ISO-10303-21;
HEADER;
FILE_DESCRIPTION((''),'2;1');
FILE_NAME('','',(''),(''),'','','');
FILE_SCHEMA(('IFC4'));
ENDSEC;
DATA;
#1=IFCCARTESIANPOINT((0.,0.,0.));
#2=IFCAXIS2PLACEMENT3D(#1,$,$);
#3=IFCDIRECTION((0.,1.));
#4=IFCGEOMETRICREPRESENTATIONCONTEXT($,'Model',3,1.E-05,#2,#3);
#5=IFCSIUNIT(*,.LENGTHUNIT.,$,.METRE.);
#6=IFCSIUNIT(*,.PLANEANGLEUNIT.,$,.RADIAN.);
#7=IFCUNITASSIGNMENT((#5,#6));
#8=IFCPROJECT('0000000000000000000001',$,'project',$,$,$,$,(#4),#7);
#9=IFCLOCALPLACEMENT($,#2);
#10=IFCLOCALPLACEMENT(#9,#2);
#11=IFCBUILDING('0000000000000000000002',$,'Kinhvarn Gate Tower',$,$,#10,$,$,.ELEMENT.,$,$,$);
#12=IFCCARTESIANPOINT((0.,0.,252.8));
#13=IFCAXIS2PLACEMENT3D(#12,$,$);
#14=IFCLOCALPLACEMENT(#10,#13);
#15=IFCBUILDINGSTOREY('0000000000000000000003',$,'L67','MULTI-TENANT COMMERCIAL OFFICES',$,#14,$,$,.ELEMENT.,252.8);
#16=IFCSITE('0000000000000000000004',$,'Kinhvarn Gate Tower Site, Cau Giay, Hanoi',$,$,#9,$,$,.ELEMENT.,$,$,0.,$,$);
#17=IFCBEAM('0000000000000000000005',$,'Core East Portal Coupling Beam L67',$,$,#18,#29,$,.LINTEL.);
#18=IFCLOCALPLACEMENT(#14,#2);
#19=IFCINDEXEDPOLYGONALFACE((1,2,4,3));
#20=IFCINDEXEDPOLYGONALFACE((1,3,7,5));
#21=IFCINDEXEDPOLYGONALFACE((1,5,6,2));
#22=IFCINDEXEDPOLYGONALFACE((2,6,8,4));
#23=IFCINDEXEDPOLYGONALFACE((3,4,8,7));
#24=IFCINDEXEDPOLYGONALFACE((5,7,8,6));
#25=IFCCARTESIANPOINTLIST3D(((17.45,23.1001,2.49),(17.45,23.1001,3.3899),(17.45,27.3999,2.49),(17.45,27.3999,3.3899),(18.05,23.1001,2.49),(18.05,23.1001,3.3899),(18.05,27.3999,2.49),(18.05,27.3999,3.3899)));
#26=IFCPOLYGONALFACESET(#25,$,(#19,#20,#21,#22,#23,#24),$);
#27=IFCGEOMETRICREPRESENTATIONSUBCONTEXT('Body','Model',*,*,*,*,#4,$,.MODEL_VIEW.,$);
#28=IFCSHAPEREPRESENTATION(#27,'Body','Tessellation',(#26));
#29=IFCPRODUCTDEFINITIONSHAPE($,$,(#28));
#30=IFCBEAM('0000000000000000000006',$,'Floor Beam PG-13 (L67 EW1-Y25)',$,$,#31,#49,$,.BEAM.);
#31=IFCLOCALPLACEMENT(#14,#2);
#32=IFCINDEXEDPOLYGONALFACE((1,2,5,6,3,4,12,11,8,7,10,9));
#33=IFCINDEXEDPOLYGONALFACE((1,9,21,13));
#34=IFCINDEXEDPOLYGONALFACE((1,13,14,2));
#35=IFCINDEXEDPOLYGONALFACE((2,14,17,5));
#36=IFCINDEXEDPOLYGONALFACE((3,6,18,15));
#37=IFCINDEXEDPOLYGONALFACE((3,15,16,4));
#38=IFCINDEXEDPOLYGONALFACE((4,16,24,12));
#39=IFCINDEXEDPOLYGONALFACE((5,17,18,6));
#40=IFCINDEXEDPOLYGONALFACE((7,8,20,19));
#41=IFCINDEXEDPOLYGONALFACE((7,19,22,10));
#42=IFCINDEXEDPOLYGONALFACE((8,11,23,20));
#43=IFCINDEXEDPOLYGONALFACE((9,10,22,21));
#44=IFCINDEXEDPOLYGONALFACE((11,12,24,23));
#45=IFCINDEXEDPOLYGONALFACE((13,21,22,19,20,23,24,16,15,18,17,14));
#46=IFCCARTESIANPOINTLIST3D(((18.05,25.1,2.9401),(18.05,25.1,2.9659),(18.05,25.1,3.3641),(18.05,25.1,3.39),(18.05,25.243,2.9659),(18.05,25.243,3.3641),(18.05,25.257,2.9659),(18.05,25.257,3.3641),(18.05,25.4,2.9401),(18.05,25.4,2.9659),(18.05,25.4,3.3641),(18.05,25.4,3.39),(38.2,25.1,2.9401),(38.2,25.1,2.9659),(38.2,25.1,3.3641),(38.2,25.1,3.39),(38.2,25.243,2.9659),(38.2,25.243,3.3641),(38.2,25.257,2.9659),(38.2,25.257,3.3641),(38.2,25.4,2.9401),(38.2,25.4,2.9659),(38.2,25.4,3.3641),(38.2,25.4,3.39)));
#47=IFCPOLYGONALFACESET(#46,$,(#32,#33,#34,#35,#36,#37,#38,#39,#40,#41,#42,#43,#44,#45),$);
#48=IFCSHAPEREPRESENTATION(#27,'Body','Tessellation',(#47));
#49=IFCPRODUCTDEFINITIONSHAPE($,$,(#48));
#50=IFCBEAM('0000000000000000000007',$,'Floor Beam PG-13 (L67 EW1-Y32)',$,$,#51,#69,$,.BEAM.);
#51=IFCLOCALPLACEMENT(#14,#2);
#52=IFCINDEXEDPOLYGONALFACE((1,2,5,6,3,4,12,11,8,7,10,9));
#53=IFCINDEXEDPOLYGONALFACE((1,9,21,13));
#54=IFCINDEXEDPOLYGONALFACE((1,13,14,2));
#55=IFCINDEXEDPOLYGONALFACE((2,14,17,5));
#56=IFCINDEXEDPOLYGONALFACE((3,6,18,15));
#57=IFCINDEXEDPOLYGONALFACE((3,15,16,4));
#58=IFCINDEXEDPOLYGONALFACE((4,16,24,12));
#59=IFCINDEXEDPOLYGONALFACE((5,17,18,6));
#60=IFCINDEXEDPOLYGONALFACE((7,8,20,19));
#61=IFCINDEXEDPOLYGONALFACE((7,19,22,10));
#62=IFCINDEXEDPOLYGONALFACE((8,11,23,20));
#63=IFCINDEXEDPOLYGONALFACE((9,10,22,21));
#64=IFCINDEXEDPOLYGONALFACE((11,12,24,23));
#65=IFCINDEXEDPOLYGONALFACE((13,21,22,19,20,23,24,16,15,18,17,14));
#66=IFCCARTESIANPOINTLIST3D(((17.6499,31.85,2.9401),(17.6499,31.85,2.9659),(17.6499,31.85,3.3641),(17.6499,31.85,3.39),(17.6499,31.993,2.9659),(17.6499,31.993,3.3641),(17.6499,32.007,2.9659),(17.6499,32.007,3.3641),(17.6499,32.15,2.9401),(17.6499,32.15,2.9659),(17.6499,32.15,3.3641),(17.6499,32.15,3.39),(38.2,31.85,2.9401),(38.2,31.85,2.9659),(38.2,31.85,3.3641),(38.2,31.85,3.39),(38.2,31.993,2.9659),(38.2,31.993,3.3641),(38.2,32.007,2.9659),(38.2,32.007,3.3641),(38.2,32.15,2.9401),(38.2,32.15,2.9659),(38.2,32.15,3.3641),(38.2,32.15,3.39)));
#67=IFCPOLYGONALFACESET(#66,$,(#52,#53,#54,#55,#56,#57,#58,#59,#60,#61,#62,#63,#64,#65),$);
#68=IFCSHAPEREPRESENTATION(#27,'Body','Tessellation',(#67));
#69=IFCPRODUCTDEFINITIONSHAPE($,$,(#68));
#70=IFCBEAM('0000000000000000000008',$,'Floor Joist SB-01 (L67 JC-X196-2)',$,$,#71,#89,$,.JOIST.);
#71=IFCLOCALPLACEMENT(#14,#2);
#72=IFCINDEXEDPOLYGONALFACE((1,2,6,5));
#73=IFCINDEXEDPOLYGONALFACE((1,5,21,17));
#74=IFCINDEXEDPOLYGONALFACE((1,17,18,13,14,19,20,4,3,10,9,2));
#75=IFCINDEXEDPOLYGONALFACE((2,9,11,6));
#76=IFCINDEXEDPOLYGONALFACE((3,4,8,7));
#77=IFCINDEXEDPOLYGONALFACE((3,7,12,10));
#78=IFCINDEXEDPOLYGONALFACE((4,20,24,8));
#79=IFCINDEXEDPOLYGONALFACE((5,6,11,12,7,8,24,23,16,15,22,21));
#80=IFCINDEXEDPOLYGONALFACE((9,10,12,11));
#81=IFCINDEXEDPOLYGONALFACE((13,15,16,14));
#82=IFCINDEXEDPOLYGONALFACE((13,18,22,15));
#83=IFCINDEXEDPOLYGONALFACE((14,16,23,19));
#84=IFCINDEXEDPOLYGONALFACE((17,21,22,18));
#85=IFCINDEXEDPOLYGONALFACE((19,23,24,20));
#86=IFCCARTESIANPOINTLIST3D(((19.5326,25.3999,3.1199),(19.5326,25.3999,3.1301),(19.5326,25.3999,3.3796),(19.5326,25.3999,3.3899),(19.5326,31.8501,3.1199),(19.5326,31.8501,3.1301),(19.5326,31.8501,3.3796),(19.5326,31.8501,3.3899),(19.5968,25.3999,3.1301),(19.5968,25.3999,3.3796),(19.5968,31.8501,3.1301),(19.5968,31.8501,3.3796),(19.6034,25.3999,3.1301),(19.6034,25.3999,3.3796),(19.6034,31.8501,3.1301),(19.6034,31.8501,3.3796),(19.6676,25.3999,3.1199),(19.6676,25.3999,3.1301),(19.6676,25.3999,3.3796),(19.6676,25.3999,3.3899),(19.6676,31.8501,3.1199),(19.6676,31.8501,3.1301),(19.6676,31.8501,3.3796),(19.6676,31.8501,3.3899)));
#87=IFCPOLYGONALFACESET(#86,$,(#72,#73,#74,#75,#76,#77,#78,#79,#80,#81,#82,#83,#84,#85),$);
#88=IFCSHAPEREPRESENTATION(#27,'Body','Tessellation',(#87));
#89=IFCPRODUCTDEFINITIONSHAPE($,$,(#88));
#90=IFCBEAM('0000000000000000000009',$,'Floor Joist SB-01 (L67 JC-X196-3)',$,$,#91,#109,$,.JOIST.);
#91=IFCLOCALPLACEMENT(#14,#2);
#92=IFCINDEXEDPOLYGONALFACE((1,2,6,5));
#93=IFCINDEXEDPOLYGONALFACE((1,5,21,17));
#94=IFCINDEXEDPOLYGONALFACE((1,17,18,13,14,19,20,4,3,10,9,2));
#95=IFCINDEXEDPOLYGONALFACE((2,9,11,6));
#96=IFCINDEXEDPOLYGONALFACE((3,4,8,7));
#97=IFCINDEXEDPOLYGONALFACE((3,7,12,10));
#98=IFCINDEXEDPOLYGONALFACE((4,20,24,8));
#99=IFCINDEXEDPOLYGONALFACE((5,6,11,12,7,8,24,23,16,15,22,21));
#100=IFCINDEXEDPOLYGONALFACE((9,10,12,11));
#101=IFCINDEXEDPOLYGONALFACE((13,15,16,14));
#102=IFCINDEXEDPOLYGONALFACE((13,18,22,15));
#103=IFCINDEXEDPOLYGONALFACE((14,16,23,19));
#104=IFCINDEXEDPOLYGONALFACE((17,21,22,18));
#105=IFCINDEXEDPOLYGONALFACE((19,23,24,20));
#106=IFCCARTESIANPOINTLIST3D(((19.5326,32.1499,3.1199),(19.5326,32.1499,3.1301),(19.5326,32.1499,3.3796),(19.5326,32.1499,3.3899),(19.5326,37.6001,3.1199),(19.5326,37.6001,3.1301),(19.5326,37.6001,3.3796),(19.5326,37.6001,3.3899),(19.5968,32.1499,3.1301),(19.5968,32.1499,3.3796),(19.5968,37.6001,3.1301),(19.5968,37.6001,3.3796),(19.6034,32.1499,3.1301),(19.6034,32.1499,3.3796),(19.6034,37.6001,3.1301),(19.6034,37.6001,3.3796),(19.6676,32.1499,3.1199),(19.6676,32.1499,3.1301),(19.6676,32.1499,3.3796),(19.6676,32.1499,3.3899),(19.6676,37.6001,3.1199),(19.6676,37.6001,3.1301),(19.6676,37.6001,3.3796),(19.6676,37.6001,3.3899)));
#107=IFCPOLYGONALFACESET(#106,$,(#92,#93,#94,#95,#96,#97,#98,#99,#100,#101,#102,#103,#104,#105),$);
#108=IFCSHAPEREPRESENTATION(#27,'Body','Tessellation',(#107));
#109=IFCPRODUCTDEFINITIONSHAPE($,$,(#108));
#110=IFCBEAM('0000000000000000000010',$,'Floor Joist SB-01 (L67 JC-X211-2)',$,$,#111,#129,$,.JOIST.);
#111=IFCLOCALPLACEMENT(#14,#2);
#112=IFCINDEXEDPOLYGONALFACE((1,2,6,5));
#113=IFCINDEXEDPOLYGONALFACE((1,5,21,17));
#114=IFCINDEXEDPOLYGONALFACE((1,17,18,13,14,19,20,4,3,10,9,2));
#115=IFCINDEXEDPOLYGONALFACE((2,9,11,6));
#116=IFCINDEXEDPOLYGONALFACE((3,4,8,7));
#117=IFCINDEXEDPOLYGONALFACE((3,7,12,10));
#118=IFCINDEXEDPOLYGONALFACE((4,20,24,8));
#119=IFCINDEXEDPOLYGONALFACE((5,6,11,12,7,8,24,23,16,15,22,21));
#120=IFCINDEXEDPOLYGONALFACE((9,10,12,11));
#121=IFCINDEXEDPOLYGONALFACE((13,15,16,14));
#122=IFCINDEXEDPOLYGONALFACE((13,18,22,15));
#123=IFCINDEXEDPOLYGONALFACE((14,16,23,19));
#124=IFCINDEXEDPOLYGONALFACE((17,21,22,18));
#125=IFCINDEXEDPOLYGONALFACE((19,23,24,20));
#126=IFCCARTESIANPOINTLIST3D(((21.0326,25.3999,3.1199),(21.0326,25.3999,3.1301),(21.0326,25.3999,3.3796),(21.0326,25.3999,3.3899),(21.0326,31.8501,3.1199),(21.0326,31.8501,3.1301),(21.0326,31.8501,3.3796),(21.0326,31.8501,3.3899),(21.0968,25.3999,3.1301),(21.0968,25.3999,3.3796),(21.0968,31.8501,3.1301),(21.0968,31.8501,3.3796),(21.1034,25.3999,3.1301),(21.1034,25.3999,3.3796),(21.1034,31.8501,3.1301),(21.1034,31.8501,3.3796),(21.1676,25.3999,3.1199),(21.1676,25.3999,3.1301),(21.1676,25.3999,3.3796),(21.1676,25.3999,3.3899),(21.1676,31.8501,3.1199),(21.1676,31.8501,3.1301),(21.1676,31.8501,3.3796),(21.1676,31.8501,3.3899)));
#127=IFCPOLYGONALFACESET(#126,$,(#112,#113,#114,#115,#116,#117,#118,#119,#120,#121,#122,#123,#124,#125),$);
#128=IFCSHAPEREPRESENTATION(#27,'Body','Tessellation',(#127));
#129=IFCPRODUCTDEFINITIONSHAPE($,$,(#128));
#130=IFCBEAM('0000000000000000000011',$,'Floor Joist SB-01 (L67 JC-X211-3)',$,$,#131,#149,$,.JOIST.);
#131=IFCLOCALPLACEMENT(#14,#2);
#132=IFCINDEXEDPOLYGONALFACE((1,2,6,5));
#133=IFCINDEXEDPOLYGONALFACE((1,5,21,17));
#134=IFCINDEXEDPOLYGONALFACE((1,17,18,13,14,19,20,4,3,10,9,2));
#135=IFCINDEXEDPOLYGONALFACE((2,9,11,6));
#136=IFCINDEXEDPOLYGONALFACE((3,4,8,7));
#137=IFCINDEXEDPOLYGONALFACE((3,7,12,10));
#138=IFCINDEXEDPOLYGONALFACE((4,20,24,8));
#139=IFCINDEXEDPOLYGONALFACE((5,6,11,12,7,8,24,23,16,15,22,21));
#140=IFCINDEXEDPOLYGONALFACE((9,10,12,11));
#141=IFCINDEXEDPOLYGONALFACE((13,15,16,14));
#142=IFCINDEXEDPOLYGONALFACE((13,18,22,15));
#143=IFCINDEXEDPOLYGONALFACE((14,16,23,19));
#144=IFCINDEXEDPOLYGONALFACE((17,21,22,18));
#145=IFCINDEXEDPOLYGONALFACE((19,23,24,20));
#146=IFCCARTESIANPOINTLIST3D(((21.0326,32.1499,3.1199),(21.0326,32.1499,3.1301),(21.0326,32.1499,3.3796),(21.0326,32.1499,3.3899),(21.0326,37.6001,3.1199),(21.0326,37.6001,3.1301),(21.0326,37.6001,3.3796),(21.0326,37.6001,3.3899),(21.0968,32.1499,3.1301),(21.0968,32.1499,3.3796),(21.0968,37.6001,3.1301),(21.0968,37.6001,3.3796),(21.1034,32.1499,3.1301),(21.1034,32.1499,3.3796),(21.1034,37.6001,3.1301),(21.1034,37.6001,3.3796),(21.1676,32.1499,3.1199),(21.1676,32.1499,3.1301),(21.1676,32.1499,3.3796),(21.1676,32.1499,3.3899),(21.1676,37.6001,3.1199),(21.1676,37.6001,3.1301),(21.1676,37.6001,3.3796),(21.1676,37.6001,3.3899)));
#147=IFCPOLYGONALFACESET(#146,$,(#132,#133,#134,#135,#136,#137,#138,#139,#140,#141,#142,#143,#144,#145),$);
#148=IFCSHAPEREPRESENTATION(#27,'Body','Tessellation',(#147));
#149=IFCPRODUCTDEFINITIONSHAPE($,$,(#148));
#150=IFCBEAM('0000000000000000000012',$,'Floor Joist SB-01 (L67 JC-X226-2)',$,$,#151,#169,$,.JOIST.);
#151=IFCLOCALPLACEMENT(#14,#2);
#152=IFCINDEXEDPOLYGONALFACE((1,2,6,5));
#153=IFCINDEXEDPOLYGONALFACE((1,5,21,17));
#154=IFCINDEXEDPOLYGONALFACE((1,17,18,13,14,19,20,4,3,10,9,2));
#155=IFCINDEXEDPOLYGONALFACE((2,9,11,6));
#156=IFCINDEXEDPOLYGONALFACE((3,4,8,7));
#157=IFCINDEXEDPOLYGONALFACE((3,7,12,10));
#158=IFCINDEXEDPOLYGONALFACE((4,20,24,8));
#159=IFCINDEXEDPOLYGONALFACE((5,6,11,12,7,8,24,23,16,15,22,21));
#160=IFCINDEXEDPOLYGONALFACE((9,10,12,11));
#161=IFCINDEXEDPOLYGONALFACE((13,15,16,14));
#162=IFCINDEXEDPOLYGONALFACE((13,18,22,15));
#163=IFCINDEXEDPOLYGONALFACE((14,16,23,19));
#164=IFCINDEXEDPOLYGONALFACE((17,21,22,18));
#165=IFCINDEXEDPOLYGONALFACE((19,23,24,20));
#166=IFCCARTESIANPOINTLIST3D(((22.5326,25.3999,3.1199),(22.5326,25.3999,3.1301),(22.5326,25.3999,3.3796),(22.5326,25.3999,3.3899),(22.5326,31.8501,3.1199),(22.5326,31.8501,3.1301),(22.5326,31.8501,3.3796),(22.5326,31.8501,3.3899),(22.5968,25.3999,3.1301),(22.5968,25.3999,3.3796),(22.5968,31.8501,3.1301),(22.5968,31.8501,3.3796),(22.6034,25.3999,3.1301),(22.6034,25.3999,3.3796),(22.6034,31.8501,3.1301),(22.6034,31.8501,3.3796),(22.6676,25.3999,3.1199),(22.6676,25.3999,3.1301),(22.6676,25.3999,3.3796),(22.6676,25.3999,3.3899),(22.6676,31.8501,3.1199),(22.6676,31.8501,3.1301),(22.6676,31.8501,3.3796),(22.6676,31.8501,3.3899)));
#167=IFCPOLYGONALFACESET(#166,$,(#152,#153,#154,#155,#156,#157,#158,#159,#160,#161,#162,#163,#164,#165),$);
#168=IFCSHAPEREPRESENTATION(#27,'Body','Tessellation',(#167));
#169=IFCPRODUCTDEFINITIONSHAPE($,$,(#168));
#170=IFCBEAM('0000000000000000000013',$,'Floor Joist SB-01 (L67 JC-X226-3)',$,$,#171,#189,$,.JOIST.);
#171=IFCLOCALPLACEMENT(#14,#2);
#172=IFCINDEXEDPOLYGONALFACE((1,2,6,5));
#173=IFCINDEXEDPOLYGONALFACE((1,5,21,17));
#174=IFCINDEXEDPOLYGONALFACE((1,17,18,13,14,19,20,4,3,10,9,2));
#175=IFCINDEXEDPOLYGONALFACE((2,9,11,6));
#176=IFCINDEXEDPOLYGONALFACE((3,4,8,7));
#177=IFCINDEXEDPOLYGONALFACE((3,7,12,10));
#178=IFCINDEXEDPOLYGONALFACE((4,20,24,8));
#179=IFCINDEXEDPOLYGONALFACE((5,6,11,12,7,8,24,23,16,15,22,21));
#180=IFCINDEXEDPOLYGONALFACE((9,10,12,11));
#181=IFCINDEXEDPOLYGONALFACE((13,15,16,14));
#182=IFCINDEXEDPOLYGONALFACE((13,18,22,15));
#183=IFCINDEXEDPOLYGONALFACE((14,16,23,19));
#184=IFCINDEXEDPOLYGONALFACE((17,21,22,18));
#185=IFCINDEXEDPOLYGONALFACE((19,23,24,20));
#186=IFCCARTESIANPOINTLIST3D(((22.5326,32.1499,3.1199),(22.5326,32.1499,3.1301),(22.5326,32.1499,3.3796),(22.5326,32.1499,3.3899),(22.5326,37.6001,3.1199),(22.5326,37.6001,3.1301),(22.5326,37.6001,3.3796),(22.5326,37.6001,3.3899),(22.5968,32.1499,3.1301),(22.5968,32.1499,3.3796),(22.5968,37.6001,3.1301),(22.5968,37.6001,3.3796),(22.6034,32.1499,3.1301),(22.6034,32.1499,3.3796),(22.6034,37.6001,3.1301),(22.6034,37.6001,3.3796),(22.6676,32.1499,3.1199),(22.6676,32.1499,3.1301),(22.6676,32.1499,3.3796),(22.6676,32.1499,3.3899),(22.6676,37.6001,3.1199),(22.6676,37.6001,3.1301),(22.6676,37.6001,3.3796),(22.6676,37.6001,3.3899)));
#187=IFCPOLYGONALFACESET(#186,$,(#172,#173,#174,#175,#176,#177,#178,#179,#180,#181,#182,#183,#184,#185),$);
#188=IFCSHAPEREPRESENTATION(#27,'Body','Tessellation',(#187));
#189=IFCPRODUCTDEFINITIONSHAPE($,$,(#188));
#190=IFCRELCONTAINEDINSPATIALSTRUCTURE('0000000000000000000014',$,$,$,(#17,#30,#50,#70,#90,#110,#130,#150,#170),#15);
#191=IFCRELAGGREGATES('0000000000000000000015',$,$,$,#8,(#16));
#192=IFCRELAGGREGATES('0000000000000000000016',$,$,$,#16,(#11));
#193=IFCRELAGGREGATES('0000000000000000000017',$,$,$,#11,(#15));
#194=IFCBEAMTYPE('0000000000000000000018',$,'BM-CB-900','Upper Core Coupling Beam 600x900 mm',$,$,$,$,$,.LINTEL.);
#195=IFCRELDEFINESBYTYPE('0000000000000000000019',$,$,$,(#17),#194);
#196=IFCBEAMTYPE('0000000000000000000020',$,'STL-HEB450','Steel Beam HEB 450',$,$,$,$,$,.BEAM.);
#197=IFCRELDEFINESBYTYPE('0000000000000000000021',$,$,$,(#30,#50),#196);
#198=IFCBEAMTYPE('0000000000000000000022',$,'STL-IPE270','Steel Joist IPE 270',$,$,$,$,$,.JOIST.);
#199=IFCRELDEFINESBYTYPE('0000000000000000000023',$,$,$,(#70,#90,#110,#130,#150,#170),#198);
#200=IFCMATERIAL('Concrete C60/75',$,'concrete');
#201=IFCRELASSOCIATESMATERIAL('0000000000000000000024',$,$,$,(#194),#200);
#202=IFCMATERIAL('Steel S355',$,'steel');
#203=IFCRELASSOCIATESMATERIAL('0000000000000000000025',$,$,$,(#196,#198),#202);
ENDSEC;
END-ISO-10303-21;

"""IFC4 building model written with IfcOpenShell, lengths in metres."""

from ifc_helpers import new_model, si_unit, direction, frame, origin, origin_2d, place, context, subcontext, project, spatial, rectangle, i_section, extrude, material, material_profile, profile_set, type_object, element, save


model = new_model("IFC4")

# Units and contexts
model_context = context("Model", 3, precision=1e-05, world=origin(), true_north=direction((0.0, 1.0)))
body_context = subcontext(model_context, "Body", "Model", "MODEL_VIEW")
ifc_project = project(units=[si_unit("LENGTHUNIT", "METRE"), si_unit("PLANEANGLEUNIT", "RADIAN")], contexts=[model_context])

# Site, building, storey
site_placement = place(None, origin())
site = spatial("IfcSite", under=ifc_project, at=site_placement, Name="Kinhvarn Gate Tower Site, Cau Giay, Hanoi", CompositionType="ELEMENT", RefElevation=0.0)
building_placement = place(site_placement, origin())
building = spatial("IfcBuilding", under=site, at=building_placement, Name="Kinhvarn Gate Tower", CompositionType="ELEMENT")
storey_placement = place(building_placement, frame((0.0, 0.0, 252.8)))
storey = spatial("IfcBuildingStorey", under=building, at=storey_placement, Name="L67", Description="MULTI-TENANT COMMERCIAL OFFICES", CompositionType="ELEMENT", Elevation=252.8)

# Beams
ifc_material_1 = material(Name="Concrete C60/75", Category="concrete")
ifc_material_profile_1 = material_profile(ifc_material_1, rectangle(XDim=0.6001, YDim=0.8999, at=origin_2d()), Name="RC 600x900")
ifc_profile_set_1 = profile_set([ifc_material_profile_1], Name="Concrete C60/75")
beam_type_1 = type_object("IfcBeamType", Name="BM-CB-900", Description="Upper Core Coupling Beam 600x900 mm", PredefinedType="LINTEL", material=ifc_profile_set_1)
beam_1_placement = place(storey_placement, frame((17.75, 23.1001, 2.9399), z_axis=(0.0, 1.0, 0.0), x_axis=(-1.0, 0.0, 0.0)))
element("IfcBeam", 1, at=beam_1_placement, inside=storey, type_object=beam_type_1, Name="Core East Portal Coupling Beam L67", PredefinedType="LINTEL", context=body_context, shape_type="SweptSolid", body=[
    extrude(rectangle(XDim=0.6001, YDim=0.8999, at=origin_2d()), origin(), (0.0, 0.0, 1.0), 4.2998),
])
ifc_material_2 = material(Name="Steel S355", Category="steel")
ifc_material_profile_2 = material_profile(ifc_material_2, i_section(OverallWidth=0.3, OverallDepth=0.45, WebThickness=0.0139, FlangeThickness=0.0259, at=origin_2d()), Name="HEB 450")
ifc_profile_set_2 = profile_set([ifc_material_profile_2], Name="Steel S355")
beam_type_2 = type_object("IfcBeamType", Name="STL-HEB450", Description="Steel Beam HEB 450", PredefinedType="BEAM", material=ifc_profile_set_2)
beam_2_placement = place(storey_placement, frame((18.05, 25.25, 3.165), z_axis=(1.0, 0.0, 0.0), x_axis=(0.0, 1.0, 0.0)))
element("IfcBeam", 2, at=beam_2_placement, inside=storey, type_object=beam_type_2, Name="Floor Beam PG-13 (L67 EW1-Y25)", PredefinedType="BEAM", context=body_context, shape_type="SweptSolid", body=[
    extrude(i_section(OverallWidth=0.3, OverallDepth=0.45, WebThickness=0.0139, FlangeThickness=0.0259, at=origin_2d()), origin(), (0.0, 0.0, 1.0), 20.1499),
])
beam_3_placement = place(storey_placement, frame((17.6499, 32.0, 3.165), z_axis=(1.0, 0.0, 0.0), x_axis=(0.0, 1.0, 0.0)))
element("IfcBeam", 3, at=beam_3_placement, inside=storey, type_object=beam_type_2, Name="Floor Beam PG-13 (L67 EW1-Y32)", PredefinedType="BEAM", context=body_context, shape_type="SweptSolid", body=[
    extrude(i_section(OverallWidth=0.3, OverallDepth=0.45, WebThickness=0.0139, FlangeThickness=0.0259, at=origin_2d()), origin(), (0.0, 0.0, 1.0), 20.55),
])
ifc_material_profile_3 = material_profile(ifc_material_2, i_section(OverallWidth=0.135, OverallDepth=0.27, WebThickness=0.0066, FlangeThickness=0.0103, at=origin_2d()), Name="IPE 270")
ifc_profile_set_3 = profile_set([ifc_material_profile_3], Name="Steel S355")
beam_type_3 = type_object("IfcBeamType", Name="STL-IPE270", Description="Steel Joist IPE 270", PredefinedType="JOIST", material=ifc_profile_set_3)
beam_4_placement = place(storey_placement, frame((19.6001, 25.3999, 3.2549), z_axis=(0.0, 1.0, 0.0), x_axis=(-1.0, 0.0, 0.0)))
element("IfcBeam", 4, at=beam_4_placement, inside=storey, type_object=beam_type_3, Name="Floor Joist SB-01 (L67 JC-X196-2)", PredefinedType="JOIST", context=body_context, shape_type="SweptSolid", body=[
    extrude(i_section(OverallWidth=0.135, OverallDepth=0.27, WebThickness=0.0066, FlangeThickness=0.0103, at=origin_2d()), origin(), (0.0, 0.0, 1.0), 6.4502),
])
beam_5_placement = place(storey_placement, frame((19.6001, 32.1499, 3.2549), z_axis=(0.0, 1.0, 0.0), x_axis=(-1.0, 0.0, 0.0)))
element("IfcBeam", 5, at=beam_5_placement, inside=storey, type_object=beam_type_3, Name="Floor Joist SB-01 (L67 JC-X196-3)", PredefinedType="JOIST", context=body_context, shape_type="SweptSolid", body=[
    extrude(i_section(OverallWidth=0.135, OverallDepth=0.27, WebThickness=0.0066, FlangeThickness=0.0103, at=origin_2d()), origin(), (0.0, 0.0, 1.0), 5.4502),
])
beam_6_placement = place(storey_placement, frame((21.1001, 25.3999, 3.2549), z_axis=(0.0, 1.0, 0.0), x_axis=(-1.0, 0.0, 0.0)))
element("IfcBeam", 6, at=beam_6_placement, inside=storey, type_object=beam_type_3, Name="Floor Joist SB-01 (L67 JC-X211-2)", PredefinedType="JOIST", context=body_context, shape_type="SweptSolid", body=[
    extrude(i_section(OverallWidth=0.135, OverallDepth=0.27, WebThickness=0.0066, FlangeThickness=0.0103, at=origin_2d()), origin(), (0.0, 0.0, 1.0), 6.4502),
])
beam_7_placement = place(storey_placement, frame((21.1001, 32.1499, 3.2549), z_axis=(0.0, 1.0, 0.0), x_axis=(-1.0, 0.0, 0.0)))
element("IfcBeam", 7, at=beam_7_placement, inside=storey, type_object=beam_type_3, Name="Floor Joist SB-01 (L67 JC-X211-3)", PredefinedType="JOIST", context=body_context, shape_type="SweptSolid", body=[
    extrude(i_section(OverallWidth=0.135, OverallDepth=0.27, WebThickness=0.0066, FlangeThickness=0.0103, at=origin_2d()), origin(), (0.0, 0.0, 1.0), 5.4502),
])
beam_8_placement = place(storey_placement, frame((22.6001, 25.3999, 3.2549), z_axis=(0.0, 1.0, 0.0), x_axis=(-1.0, 0.0, 0.0)))
element("IfcBeam", 8, at=beam_8_placement, inside=storey, type_object=beam_type_3, Name="Floor Joist SB-01 (L67 JC-X226-2)", PredefinedType="JOIST", context=body_context, shape_type="SweptSolid", body=[
    extrude(i_section(OverallWidth=0.135, OverallDepth=0.27, WebThickness=0.0066, FlangeThickness=0.0103, at=origin_2d()), origin(), (0.0, 0.0, 1.0), 6.4502),
])
beam_9_placement = place(storey_placement, frame((22.6001, 32.1499, 3.2549), z_axis=(0.0, 1.0, 0.0), x_axis=(-1.0, 0.0, 0.0)))
element("IfcBeam", 9, at=beam_9_placement, inside=storey, type_object=beam_type_3, Name="Floor Joist SB-01 (L67 JC-X226-3)", PredefinedType="JOIST", context=body_context, shape_type="SweptSolid", body=[
    extrude(i_section(OverallWidth=0.135, OverallDepth=0.27, WebThickness=0.0066, FlangeThickness=0.0103, at=origin_2d()), origin(), (0.0, 0.0, 1.0), 5.4502),
])

save(model, "model.ifc")
